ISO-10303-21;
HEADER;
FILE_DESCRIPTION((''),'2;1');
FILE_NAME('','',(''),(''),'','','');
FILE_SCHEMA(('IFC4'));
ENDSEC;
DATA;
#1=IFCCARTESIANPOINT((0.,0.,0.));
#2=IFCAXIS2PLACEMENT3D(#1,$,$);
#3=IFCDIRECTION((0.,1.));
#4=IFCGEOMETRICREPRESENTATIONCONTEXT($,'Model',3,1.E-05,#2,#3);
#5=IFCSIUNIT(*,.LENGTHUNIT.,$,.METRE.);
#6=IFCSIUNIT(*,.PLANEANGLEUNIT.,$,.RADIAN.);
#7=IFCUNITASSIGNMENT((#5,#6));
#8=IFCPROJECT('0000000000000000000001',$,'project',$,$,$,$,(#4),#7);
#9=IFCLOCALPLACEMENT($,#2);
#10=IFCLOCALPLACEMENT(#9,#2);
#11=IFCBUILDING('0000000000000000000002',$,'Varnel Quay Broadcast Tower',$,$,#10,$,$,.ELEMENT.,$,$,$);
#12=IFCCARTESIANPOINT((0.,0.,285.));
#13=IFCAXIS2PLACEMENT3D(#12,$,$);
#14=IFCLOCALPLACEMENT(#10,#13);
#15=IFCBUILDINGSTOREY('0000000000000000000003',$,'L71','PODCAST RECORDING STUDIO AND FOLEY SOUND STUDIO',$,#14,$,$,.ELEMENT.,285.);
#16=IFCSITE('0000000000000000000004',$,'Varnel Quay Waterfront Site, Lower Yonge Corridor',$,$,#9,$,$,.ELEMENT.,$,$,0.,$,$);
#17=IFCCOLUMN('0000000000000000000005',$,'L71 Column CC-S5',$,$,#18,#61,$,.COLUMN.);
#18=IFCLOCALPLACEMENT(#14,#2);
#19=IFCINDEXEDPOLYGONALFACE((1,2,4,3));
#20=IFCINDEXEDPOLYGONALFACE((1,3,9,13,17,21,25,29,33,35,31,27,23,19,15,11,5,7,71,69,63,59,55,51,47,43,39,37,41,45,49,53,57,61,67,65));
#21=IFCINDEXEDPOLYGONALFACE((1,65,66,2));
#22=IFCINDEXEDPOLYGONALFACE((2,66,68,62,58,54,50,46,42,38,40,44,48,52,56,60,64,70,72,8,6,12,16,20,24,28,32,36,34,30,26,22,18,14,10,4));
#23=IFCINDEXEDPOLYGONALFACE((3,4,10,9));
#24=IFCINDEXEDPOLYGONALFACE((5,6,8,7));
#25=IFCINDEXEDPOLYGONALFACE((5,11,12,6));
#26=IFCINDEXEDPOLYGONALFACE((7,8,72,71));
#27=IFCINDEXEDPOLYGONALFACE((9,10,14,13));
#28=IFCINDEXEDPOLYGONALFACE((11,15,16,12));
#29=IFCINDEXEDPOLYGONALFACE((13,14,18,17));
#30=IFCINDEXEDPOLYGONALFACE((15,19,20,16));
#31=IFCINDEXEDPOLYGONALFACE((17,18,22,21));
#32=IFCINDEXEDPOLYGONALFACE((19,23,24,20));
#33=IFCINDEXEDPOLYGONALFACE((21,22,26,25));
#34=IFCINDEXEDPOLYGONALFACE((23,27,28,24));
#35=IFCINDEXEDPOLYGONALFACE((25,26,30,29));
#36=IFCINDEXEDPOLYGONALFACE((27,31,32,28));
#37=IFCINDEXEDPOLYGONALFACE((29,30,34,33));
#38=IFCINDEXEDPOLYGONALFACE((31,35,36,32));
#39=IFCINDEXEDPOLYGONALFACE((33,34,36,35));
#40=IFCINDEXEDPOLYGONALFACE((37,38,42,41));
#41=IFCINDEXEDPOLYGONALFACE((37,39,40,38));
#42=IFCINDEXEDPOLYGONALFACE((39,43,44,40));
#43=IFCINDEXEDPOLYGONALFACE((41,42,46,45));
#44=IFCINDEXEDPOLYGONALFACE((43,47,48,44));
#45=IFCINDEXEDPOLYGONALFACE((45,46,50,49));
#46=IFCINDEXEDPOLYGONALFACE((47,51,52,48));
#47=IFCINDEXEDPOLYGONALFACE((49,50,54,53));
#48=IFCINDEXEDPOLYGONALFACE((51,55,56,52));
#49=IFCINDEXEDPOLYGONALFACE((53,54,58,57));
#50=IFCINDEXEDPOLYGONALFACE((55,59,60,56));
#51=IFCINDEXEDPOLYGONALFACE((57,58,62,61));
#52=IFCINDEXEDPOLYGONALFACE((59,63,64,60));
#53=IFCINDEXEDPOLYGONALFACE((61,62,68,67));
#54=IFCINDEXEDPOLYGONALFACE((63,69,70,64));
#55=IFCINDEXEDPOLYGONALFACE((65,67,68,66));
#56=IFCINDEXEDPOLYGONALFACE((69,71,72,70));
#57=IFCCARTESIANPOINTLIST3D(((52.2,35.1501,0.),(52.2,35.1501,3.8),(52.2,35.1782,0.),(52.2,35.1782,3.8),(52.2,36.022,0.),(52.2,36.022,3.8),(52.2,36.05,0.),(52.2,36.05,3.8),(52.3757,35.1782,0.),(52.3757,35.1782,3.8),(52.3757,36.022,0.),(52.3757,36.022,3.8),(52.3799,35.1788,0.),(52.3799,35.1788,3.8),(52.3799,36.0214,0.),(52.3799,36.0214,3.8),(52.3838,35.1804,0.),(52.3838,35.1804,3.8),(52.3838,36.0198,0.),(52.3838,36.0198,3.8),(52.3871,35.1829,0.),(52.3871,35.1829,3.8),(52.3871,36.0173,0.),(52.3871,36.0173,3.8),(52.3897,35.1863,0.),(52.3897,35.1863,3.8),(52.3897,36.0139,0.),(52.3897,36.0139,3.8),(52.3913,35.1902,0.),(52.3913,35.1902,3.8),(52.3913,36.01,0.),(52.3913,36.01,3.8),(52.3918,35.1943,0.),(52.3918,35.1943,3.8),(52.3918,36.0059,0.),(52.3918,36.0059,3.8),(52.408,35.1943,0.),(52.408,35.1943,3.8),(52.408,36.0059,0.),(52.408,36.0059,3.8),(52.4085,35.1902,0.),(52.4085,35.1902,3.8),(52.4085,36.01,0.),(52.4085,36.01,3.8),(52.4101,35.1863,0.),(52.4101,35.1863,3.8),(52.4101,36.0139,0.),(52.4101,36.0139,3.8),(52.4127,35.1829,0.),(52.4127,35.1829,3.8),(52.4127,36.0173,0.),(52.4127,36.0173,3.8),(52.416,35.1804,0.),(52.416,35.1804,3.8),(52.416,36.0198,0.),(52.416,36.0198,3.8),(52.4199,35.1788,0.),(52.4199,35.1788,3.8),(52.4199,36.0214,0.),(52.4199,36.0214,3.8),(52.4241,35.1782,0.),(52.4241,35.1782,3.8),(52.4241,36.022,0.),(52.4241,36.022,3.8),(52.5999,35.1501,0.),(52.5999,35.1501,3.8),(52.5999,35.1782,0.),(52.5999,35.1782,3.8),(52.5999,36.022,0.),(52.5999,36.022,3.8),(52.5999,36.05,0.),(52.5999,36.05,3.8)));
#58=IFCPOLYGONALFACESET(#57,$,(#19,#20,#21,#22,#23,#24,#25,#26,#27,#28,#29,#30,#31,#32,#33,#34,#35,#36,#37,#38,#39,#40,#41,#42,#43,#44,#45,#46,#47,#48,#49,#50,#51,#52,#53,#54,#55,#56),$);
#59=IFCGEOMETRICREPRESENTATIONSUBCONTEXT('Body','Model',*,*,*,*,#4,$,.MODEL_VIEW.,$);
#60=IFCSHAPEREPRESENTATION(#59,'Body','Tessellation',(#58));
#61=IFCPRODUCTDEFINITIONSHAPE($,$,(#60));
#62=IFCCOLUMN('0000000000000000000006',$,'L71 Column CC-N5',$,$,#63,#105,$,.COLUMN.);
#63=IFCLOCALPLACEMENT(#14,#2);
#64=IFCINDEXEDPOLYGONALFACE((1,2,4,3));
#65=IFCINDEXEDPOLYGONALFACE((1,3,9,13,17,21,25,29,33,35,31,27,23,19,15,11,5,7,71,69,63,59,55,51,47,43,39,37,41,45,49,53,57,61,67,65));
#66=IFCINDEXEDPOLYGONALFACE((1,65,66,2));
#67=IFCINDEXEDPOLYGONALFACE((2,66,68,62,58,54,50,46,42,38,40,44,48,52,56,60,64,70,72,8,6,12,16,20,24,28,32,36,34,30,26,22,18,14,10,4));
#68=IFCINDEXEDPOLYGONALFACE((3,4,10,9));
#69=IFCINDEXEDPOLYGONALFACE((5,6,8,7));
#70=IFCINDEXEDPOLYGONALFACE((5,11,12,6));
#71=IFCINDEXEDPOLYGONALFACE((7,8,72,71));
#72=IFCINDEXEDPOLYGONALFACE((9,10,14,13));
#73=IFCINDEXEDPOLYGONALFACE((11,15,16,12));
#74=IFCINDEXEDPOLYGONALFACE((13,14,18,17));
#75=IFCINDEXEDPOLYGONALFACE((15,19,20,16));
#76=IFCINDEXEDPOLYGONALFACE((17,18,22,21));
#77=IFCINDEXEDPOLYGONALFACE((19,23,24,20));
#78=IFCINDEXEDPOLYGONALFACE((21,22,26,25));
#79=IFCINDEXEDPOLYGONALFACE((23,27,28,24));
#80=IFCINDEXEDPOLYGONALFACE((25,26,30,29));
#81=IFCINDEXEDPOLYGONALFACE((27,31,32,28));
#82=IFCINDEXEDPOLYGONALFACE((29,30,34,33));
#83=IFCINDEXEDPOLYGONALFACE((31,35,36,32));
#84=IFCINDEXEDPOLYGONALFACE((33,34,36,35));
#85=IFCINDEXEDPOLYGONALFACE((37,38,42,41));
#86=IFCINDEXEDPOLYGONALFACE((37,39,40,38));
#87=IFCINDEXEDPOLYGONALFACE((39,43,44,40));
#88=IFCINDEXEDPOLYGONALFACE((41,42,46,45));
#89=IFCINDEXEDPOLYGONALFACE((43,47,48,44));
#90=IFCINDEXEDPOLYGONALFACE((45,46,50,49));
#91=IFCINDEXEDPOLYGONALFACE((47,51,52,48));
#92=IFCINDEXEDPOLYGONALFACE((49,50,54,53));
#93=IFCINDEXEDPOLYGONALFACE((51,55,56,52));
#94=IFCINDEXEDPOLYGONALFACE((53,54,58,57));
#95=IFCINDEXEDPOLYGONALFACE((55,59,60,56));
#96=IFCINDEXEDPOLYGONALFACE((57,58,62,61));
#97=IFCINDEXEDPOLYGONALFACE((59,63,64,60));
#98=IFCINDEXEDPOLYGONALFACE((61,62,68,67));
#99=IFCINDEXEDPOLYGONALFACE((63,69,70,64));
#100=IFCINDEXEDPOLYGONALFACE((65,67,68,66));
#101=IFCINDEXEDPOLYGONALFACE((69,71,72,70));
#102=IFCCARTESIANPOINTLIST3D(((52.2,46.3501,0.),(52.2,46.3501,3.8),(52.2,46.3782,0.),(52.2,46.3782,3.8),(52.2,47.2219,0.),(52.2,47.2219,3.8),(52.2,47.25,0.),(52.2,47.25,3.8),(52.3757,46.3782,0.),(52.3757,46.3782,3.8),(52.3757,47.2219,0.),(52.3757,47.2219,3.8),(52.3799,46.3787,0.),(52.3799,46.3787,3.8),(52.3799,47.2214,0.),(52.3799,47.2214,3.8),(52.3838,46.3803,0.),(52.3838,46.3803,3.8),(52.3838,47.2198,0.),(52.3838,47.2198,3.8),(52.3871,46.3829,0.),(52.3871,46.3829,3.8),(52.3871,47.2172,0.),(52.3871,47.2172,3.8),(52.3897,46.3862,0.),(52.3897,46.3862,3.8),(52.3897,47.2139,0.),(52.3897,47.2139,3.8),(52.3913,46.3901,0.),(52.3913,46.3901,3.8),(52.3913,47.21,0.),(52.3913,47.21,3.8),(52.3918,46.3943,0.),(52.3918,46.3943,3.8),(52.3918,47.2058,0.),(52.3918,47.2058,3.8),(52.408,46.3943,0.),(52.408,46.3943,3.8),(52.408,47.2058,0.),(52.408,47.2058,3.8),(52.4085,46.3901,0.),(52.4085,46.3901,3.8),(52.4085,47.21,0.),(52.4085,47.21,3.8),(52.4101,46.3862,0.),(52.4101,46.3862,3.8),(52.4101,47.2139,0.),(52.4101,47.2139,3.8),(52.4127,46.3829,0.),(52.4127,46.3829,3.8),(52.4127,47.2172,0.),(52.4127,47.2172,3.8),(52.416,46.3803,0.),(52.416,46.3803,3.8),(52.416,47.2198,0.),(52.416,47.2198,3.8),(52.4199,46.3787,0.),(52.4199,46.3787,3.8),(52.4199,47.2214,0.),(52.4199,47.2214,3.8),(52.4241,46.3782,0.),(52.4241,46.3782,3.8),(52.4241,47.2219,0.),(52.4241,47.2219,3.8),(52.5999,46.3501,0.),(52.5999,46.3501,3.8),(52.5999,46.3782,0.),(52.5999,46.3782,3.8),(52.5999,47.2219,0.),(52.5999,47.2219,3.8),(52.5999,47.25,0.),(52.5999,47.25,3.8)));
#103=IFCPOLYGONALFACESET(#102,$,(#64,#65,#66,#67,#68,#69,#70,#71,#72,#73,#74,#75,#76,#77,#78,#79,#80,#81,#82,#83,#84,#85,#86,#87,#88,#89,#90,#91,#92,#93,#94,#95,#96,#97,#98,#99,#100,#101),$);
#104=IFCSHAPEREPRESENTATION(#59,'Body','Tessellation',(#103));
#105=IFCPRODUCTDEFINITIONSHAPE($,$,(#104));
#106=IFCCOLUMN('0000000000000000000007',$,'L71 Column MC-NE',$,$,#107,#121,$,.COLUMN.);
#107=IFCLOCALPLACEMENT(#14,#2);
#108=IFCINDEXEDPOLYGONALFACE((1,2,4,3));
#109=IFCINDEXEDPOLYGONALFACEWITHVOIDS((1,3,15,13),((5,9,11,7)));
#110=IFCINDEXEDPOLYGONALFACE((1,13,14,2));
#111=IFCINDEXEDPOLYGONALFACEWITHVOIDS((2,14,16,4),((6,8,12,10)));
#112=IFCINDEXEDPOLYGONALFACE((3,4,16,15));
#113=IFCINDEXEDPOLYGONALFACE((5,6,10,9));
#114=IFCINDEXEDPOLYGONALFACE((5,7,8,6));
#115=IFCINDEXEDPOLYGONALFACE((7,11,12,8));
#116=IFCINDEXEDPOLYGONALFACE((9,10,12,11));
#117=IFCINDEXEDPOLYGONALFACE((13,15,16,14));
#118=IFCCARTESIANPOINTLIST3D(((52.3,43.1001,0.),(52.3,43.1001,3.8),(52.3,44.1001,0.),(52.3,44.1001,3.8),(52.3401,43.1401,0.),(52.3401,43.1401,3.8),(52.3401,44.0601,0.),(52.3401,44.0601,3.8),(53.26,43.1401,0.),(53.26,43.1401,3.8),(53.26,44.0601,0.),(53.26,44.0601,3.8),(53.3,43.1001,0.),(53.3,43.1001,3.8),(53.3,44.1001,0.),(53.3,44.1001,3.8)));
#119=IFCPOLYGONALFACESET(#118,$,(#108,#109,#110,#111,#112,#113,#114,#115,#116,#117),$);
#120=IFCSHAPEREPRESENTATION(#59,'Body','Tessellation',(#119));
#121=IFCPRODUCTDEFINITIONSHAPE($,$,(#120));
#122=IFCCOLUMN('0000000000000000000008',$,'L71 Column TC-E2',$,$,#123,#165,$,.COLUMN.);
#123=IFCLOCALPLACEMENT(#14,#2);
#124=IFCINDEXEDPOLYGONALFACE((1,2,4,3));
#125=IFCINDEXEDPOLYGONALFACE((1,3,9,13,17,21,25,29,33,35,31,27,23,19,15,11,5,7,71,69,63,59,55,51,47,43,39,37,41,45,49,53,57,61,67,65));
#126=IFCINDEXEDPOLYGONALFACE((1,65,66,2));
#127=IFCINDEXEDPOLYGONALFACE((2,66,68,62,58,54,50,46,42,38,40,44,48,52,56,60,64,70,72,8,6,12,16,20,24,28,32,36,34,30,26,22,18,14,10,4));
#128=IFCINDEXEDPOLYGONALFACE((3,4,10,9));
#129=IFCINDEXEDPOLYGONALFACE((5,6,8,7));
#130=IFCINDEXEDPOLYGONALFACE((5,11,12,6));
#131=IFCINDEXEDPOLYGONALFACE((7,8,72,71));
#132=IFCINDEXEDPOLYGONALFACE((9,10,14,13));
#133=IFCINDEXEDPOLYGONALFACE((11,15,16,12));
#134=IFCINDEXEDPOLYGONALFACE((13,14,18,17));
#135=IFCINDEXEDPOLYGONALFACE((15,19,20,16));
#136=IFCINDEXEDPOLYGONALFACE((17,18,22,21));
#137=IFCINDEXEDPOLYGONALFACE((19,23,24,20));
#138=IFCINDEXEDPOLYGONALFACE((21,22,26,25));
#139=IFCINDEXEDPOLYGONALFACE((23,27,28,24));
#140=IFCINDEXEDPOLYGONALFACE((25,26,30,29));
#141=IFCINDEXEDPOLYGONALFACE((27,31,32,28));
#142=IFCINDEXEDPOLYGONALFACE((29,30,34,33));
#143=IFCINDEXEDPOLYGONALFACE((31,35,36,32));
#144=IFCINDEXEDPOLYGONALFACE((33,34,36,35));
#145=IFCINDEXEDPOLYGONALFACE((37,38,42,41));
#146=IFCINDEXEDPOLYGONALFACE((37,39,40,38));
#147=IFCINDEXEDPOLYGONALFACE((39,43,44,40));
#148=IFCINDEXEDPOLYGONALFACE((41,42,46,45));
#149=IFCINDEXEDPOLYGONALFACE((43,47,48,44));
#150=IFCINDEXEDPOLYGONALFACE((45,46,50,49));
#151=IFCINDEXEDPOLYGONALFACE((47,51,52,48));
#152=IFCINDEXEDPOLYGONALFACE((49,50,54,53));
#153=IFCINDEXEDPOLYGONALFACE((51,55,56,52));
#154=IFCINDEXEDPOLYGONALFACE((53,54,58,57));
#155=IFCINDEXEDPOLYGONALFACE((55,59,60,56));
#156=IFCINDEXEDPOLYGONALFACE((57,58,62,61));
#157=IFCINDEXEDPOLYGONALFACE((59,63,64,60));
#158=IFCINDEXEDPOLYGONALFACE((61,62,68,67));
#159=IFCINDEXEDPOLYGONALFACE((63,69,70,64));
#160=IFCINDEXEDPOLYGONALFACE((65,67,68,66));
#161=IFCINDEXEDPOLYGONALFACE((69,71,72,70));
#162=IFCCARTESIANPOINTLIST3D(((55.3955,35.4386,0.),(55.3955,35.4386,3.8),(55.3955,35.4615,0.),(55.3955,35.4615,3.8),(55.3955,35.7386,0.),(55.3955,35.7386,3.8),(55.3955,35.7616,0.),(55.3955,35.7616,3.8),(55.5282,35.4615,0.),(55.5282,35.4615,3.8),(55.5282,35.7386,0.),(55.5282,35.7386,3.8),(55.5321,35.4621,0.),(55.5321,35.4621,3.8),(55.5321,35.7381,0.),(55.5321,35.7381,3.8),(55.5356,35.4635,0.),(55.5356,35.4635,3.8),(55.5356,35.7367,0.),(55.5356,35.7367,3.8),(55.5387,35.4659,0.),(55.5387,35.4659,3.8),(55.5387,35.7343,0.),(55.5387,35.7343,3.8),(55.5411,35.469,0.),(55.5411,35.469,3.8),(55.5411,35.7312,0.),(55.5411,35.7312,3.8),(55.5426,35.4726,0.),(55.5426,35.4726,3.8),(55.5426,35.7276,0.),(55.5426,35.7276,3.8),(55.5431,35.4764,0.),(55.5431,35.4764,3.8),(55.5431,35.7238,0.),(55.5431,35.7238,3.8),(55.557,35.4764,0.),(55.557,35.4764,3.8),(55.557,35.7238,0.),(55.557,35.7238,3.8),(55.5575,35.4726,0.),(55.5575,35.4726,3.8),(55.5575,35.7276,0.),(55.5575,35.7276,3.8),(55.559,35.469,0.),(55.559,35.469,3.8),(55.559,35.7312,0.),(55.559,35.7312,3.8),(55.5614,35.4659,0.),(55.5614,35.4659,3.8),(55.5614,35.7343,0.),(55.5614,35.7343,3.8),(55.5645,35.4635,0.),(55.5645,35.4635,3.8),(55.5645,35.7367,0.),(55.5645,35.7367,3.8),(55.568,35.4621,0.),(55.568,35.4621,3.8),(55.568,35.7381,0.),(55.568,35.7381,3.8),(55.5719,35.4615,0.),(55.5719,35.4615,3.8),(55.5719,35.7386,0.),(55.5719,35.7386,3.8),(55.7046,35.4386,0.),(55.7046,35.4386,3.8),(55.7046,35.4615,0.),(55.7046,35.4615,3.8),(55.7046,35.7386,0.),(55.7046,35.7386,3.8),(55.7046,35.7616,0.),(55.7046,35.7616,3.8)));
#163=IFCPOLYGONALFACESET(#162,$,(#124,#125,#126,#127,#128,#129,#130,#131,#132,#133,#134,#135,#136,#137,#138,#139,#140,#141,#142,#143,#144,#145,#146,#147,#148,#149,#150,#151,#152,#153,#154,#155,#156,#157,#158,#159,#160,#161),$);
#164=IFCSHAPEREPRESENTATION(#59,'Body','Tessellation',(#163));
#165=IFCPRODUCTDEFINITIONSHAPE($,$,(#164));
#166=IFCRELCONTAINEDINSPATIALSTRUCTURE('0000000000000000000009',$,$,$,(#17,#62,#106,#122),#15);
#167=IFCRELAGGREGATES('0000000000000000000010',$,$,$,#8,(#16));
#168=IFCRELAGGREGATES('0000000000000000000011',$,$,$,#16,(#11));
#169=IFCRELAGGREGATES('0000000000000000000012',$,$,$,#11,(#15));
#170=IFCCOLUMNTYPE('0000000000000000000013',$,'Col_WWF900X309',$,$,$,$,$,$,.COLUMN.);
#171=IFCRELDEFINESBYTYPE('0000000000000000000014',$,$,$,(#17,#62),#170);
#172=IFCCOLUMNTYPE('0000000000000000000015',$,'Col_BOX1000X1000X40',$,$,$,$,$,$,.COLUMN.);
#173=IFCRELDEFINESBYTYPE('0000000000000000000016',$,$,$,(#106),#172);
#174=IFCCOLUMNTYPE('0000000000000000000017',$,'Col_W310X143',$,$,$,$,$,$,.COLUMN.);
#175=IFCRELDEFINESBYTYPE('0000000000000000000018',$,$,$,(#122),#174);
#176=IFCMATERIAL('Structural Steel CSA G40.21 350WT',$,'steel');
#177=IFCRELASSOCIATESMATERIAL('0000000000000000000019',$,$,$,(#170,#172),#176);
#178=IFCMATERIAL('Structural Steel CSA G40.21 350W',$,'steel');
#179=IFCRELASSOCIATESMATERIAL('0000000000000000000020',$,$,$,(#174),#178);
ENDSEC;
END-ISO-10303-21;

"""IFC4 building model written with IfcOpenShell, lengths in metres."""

from ifc_helpers import new_model, si_unit, direction, frame, origin, origin_2d, place, context, subcontext, project, spatial, hollow_rectangle, i_section, extrude, source, transform, mapped, material, material_profile, profile_set, type_object, type_shapes, element, save


model = new_model("IFC4")

# Units and contexts
model_context = context("Model", 3, precision=1e-05, world=origin(), true_north=direction((0.0, 1.0)))
body_context = subcontext(model_context, "Body", "Model", "MODEL_VIEW")
ifc_project = project(units=[si_unit("LENGTHUNIT", "METRE"), si_unit("PLANEANGLEUNIT", "RADIAN")], contexts=[model_context])

# Site, building, storey
site_placement = place(None, origin())
site = spatial("IfcSite", under=ifc_project, at=site_placement, Name="Varnel Quay Waterfront Site, Lower Yonge Corridor", CompositionType="ELEMENT", RefElevation=0.0)
building_placement = place(site_placement, origin())
building = spatial("IfcBuilding", under=site, at=building_placement, Name="Varnel Quay Broadcast Tower", CompositionType="ELEMENT")
storey_placement = place(building_placement, frame((0.0, 0.0, 285.0)))
storey = spatial("IfcBuildingStorey", under=building, at=storey_placement, Name="L71", Description="PODCAST RECORDING STUDIO AND FOLEY SOUND STUDIO", CompositionType="ELEMENT", Elevation=285.0)

# Columns
ifc_material_1 = material(Name="Structural Steel CSA G40.21 350WT", Category="steel")
ifc_material_profile_1 = material_profile(ifc_material_1, i_section(OverallWidth=0.3999, OverallDepth=0.8999, WebThickness=0.0161, FlangeThickness=0.0281, FilletRadius=0.0161, at=origin_2d()), Name="WWF900X309")
ifc_profile_set_1 = profile_set([ifc_material_profile_1], Name="Structural Steel CSA G40.21 350WT")
column_type_1 = type_object("IfcColumnType", Name="Col_WWF900X309", PredefinedType="COLUMN", material=ifc_profile_set_1)
shared_shape_1 = source(origin(), body_context, "Body", "SweptSolid", [
    extrude(i_section(OverallWidth=0.3999, OverallDepth=0.8999, WebThickness=0.0161, FlangeThickness=0.0281, FilletRadius=0.0161, at=origin_2d()), origin(), (0.0, 0.0, 1.0), 3.8),
])
type_shapes(column_type_1, [shared_shape_1])
for number, where, z_axis, x_axis, name in (
    (1, (52.3999, 35.6001, 0.0), (0.0, 0.0, 1.0), (1.0, 0.0, 0.0), "L71 Column CC-S5"),
    (2, (52.3999, 46.8, 0.0), (0.0, 0.0, 1.0), (1.0, 0.0, 0.0), "L71 Column CC-N5"),
):
    element("IfcColumn", number, at=place(storey_placement, frame(where, z_axis=z_axis, x_axis=x_axis)), inside=storey, type_object=column_type_1, Name=name, PredefinedType="COLUMN", context=body_context, shape_type="MappedRepresentation", body=[
        mapped(shared_shape_1, transform((0.0, 0.0, 0.0), x_axis=(1.0, 0.0, 0.0), y_axis=(0.0, 1.0, 0.0), z_axis=(0.0, 0.0, 1.0), scale=1.0)),
    ])
ifc_material_profile_2 = material_profile(ifc_material_1, hollow_rectangle(XDim=1.0, YDim=1.0, WallThickness=0.04, at=origin_2d()), Name="BOX1000X1000X40")
ifc_profile_set_2 = profile_set([ifc_material_profile_2], Name="Structural Steel CSA G40.21 350WT")
column_type_2 = type_object("IfcColumnType", Name="Col_BOX1000X1000X40", PredefinedType="COLUMN", material=ifc_profile_set_2)
shared_shape_2 = source(origin(), body_context, "Body", "SweptSolid", [
    extrude(hollow_rectangle(XDim=1.0, YDim=1.0, WallThickness=0.04, at=origin_2d()), origin(), (0.0, 0.0, 1.0), 3.8),
])
type_shapes(column_type_2, [shared_shape_2])
column_1_placement = place(storey_placement, frame((52.8, 43.6001, 0.0), z_axis=(0.0, 0.0, 1.0), x_axis=(1.0, 0.0, 0.0)))
element("IfcColumn", 3, at=column_1_placement, inside=storey, type_object=column_type_2, Name="L71 Column MC-NE", PredefinedType="COLUMN", context=body_context, shape_type="MappedRepresentation", body=[
    mapped(shared_shape_2, transform((0.0, 0.0, 0.0), x_axis=(1.0, 0.0, 0.0), y_axis=(0.0, 1.0, 0.0), z_axis=(0.0, 0.0, 1.0), scale=1.0)),
])
ifc_material_2 = material(Name="Structural Steel CSA G40.21 350W", Category="steel")
ifc_material_profile_3 = material_profile(ifc_material_2, i_section(OverallWidth=0.3091, OverallDepth=0.323, WebThickness=0.0139, FlangeThickness=0.0229, FilletRadius=0.0149, at=origin_2d()), Name="W310X143")
ifc_profile_set_3 = profile_set([ifc_material_profile_3], Name="Structural Steel CSA G40.21 350W")
column_type_3 = type_object("IfcColumnType", Name="Col_W310X143", PredefinedType="COLUMN", material=ifc_profile_set_3)
shared_shape_3 = source(origin(), body_context, "Body", "SweptSolid", [
    extrude(i_section(OverallWidth=0.3091, OverallDepth=0.323, WebThickness=0.0139, FlangeThickness=0.0229, FilletRadius=0.0149, at=origin_2d()), origin(), (0.0, 0.0, 1.0), 3.8),
])
type_shapes(column_type_3, [shared_shape_3])
column_2_placement = place(storey_placement, frame((55.55, 35.6001, 0.0), z_axis=(0.0, 0.0, 1.0), x_axis=(1.0, 0.0, 0.0)))
element("IfcColumn", 4, at=column_2_placement, inside=storey, type_object=column_type_3, Name="L71 Column TC-E2", PredefinedType="COLUMN", context=body_context, shape_type="MappedRepresentation", body=[
    mapped(shared_shape_3, transform((0.0, 0.0, 0.0), x_axis=(1.0, 0.0, 0.0), y_axis=(0.0, 1.0, 0.0), z_axis=(0.0, 0.0, 1.0), scale=1.0)),
])

save(model, "model.ifc")
